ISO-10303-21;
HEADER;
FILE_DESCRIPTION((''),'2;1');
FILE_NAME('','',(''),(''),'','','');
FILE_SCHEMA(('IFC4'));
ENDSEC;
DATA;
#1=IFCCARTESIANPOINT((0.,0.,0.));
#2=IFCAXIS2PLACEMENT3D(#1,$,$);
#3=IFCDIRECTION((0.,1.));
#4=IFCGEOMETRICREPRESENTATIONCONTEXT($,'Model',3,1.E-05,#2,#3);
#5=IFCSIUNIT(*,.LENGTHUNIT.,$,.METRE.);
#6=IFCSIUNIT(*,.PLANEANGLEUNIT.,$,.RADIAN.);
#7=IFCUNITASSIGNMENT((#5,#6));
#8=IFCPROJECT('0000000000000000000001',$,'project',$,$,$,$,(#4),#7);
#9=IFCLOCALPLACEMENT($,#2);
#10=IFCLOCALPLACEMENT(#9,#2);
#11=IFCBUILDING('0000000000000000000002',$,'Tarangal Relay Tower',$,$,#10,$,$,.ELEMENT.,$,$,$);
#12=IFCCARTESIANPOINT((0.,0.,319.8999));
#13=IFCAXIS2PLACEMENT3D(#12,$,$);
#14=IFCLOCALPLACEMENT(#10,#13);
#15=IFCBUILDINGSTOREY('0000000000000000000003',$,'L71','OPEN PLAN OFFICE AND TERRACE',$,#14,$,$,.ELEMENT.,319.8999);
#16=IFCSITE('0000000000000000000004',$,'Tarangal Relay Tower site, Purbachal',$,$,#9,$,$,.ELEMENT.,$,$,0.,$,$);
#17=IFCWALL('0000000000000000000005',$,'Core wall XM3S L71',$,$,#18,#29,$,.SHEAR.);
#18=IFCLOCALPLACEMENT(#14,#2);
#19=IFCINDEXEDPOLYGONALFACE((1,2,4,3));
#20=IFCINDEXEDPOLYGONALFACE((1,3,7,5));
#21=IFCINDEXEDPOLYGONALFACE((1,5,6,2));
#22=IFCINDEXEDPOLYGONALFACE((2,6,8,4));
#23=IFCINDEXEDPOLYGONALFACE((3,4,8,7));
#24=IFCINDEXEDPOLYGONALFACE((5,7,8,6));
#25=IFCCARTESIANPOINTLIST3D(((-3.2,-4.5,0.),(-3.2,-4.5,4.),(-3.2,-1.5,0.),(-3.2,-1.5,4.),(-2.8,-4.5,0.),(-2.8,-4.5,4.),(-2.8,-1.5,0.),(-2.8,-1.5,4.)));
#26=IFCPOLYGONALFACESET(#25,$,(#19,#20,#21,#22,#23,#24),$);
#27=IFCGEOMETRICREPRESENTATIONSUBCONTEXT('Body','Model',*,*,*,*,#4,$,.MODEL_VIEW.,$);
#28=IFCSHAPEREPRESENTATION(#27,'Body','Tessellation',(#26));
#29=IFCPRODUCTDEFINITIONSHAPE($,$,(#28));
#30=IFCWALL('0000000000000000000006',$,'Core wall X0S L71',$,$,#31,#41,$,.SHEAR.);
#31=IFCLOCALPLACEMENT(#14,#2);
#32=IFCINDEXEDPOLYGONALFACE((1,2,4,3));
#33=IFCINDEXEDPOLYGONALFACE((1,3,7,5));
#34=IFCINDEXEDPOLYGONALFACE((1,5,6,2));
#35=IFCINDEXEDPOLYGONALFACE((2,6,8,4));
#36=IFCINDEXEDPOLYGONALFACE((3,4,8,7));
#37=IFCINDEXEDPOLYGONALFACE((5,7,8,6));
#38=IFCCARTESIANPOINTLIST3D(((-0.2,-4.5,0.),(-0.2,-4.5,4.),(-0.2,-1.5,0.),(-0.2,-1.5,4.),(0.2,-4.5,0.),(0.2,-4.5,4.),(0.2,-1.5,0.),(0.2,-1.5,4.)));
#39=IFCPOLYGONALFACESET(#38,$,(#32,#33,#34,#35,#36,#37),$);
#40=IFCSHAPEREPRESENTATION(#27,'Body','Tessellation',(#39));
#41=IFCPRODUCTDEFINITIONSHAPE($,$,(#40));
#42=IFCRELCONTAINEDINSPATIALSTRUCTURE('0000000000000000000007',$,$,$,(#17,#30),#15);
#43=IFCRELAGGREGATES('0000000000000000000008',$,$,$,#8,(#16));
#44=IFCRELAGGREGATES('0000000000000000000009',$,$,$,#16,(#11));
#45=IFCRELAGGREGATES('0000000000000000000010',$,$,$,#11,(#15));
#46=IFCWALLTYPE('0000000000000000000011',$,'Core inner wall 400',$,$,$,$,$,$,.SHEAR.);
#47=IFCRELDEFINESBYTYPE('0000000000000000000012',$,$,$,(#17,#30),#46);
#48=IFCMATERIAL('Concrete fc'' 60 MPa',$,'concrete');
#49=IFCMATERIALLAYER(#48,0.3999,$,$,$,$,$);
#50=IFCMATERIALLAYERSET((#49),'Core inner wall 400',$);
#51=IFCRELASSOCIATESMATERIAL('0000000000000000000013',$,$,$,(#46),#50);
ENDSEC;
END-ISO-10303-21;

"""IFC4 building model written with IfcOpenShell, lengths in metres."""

from ifc_helpers import new_model, si_unit, direction, frame, frame_2d, origin, place, context, subcontext, project, spatial, rectangle, extrude, material, layer, layer_set, type_object, element, save


model = new_model("IFC4")

# Units and contexts
model_context = context("Model", 3, precision=1e-05, world=origin(), true_north=direction((0.0, 1.0)))
body_context = subcontext(model_context, "Body", "Model", "MODEL_VIEW")
ifc_project = project(units=[si_unit("LENGTHUNIT", "METRE"), si_unit("PLANEANGLEUNIT", "RADIAN")], contexts=[model_context])

# Site, building, storey
site_placement = place(None, origin())
site = spatial("IfcSite", under=ifc_project, at=site_placement, Name="Tarangal Relay Tower site, Purbachal", CompositionType="ELEMENT", RefElevation=0.0)
building_placement = place(site_placement, origin())
building = spatial("IfcBuilding", under=site, at=building_placement, Name="Tarangal Relay Tower", CompositionType="ELEMENT")
storey_placement = place(building_placement, frame((0.0, 0.0, 319.8999)))
storey = spatial("IfcBuildingStorey", under=building, at=storey_placement, Name="L71", Description="OPEN PLAN OFFICE AND TERRACE", CompositionType="ELEMENT", Elevation=319.8999)

# Shared definitions
ifc_material_1 = material(Name="Concrete fc' 60 MPa", Category="concrete")
ifc_layer_1 = layer(ifc_material_1, 0.3999)
ifc_layer_set_1 = layer_set([ifc_layer_1], Name="Core inner wall 400")
wall_type_1 = type_object("IfcWallType", Name="Core inner wall 400", PredefinedType="SHEAR", material=ifc_layer_set_1)

# Walls
for number, where, z_axis, x_axis, name in (
    (1, (-3.0, -4.5, 0.0), (0.0, 0.0, 1.0), (0.0, 1.0, 0.0), "Core wall XM3S L71"),
    (2, (0.0, -4.5, 0.0), (0.0, 0.0, 1.0), (0.0, 1.0, 0.0), "Core wall X0S L71"),
):
    element("IfcWall", number, at=place(storey_placement, frame(where, z_axis=z_axis, x_axis=x_axis)), inside=storey, type_object=wall_type_1, Name=name, PredefinedType="SHEAR", context=body_context, shape_type="SweptSolid", body=[
        extrude(rectangle(XDim=3.0, YDim=0.3999, at=frame_2d((1.5, 0.0))), origin(), (0.0, 0.0, 1.0), 4.0),
    ])

save(model, "model.ifc")
